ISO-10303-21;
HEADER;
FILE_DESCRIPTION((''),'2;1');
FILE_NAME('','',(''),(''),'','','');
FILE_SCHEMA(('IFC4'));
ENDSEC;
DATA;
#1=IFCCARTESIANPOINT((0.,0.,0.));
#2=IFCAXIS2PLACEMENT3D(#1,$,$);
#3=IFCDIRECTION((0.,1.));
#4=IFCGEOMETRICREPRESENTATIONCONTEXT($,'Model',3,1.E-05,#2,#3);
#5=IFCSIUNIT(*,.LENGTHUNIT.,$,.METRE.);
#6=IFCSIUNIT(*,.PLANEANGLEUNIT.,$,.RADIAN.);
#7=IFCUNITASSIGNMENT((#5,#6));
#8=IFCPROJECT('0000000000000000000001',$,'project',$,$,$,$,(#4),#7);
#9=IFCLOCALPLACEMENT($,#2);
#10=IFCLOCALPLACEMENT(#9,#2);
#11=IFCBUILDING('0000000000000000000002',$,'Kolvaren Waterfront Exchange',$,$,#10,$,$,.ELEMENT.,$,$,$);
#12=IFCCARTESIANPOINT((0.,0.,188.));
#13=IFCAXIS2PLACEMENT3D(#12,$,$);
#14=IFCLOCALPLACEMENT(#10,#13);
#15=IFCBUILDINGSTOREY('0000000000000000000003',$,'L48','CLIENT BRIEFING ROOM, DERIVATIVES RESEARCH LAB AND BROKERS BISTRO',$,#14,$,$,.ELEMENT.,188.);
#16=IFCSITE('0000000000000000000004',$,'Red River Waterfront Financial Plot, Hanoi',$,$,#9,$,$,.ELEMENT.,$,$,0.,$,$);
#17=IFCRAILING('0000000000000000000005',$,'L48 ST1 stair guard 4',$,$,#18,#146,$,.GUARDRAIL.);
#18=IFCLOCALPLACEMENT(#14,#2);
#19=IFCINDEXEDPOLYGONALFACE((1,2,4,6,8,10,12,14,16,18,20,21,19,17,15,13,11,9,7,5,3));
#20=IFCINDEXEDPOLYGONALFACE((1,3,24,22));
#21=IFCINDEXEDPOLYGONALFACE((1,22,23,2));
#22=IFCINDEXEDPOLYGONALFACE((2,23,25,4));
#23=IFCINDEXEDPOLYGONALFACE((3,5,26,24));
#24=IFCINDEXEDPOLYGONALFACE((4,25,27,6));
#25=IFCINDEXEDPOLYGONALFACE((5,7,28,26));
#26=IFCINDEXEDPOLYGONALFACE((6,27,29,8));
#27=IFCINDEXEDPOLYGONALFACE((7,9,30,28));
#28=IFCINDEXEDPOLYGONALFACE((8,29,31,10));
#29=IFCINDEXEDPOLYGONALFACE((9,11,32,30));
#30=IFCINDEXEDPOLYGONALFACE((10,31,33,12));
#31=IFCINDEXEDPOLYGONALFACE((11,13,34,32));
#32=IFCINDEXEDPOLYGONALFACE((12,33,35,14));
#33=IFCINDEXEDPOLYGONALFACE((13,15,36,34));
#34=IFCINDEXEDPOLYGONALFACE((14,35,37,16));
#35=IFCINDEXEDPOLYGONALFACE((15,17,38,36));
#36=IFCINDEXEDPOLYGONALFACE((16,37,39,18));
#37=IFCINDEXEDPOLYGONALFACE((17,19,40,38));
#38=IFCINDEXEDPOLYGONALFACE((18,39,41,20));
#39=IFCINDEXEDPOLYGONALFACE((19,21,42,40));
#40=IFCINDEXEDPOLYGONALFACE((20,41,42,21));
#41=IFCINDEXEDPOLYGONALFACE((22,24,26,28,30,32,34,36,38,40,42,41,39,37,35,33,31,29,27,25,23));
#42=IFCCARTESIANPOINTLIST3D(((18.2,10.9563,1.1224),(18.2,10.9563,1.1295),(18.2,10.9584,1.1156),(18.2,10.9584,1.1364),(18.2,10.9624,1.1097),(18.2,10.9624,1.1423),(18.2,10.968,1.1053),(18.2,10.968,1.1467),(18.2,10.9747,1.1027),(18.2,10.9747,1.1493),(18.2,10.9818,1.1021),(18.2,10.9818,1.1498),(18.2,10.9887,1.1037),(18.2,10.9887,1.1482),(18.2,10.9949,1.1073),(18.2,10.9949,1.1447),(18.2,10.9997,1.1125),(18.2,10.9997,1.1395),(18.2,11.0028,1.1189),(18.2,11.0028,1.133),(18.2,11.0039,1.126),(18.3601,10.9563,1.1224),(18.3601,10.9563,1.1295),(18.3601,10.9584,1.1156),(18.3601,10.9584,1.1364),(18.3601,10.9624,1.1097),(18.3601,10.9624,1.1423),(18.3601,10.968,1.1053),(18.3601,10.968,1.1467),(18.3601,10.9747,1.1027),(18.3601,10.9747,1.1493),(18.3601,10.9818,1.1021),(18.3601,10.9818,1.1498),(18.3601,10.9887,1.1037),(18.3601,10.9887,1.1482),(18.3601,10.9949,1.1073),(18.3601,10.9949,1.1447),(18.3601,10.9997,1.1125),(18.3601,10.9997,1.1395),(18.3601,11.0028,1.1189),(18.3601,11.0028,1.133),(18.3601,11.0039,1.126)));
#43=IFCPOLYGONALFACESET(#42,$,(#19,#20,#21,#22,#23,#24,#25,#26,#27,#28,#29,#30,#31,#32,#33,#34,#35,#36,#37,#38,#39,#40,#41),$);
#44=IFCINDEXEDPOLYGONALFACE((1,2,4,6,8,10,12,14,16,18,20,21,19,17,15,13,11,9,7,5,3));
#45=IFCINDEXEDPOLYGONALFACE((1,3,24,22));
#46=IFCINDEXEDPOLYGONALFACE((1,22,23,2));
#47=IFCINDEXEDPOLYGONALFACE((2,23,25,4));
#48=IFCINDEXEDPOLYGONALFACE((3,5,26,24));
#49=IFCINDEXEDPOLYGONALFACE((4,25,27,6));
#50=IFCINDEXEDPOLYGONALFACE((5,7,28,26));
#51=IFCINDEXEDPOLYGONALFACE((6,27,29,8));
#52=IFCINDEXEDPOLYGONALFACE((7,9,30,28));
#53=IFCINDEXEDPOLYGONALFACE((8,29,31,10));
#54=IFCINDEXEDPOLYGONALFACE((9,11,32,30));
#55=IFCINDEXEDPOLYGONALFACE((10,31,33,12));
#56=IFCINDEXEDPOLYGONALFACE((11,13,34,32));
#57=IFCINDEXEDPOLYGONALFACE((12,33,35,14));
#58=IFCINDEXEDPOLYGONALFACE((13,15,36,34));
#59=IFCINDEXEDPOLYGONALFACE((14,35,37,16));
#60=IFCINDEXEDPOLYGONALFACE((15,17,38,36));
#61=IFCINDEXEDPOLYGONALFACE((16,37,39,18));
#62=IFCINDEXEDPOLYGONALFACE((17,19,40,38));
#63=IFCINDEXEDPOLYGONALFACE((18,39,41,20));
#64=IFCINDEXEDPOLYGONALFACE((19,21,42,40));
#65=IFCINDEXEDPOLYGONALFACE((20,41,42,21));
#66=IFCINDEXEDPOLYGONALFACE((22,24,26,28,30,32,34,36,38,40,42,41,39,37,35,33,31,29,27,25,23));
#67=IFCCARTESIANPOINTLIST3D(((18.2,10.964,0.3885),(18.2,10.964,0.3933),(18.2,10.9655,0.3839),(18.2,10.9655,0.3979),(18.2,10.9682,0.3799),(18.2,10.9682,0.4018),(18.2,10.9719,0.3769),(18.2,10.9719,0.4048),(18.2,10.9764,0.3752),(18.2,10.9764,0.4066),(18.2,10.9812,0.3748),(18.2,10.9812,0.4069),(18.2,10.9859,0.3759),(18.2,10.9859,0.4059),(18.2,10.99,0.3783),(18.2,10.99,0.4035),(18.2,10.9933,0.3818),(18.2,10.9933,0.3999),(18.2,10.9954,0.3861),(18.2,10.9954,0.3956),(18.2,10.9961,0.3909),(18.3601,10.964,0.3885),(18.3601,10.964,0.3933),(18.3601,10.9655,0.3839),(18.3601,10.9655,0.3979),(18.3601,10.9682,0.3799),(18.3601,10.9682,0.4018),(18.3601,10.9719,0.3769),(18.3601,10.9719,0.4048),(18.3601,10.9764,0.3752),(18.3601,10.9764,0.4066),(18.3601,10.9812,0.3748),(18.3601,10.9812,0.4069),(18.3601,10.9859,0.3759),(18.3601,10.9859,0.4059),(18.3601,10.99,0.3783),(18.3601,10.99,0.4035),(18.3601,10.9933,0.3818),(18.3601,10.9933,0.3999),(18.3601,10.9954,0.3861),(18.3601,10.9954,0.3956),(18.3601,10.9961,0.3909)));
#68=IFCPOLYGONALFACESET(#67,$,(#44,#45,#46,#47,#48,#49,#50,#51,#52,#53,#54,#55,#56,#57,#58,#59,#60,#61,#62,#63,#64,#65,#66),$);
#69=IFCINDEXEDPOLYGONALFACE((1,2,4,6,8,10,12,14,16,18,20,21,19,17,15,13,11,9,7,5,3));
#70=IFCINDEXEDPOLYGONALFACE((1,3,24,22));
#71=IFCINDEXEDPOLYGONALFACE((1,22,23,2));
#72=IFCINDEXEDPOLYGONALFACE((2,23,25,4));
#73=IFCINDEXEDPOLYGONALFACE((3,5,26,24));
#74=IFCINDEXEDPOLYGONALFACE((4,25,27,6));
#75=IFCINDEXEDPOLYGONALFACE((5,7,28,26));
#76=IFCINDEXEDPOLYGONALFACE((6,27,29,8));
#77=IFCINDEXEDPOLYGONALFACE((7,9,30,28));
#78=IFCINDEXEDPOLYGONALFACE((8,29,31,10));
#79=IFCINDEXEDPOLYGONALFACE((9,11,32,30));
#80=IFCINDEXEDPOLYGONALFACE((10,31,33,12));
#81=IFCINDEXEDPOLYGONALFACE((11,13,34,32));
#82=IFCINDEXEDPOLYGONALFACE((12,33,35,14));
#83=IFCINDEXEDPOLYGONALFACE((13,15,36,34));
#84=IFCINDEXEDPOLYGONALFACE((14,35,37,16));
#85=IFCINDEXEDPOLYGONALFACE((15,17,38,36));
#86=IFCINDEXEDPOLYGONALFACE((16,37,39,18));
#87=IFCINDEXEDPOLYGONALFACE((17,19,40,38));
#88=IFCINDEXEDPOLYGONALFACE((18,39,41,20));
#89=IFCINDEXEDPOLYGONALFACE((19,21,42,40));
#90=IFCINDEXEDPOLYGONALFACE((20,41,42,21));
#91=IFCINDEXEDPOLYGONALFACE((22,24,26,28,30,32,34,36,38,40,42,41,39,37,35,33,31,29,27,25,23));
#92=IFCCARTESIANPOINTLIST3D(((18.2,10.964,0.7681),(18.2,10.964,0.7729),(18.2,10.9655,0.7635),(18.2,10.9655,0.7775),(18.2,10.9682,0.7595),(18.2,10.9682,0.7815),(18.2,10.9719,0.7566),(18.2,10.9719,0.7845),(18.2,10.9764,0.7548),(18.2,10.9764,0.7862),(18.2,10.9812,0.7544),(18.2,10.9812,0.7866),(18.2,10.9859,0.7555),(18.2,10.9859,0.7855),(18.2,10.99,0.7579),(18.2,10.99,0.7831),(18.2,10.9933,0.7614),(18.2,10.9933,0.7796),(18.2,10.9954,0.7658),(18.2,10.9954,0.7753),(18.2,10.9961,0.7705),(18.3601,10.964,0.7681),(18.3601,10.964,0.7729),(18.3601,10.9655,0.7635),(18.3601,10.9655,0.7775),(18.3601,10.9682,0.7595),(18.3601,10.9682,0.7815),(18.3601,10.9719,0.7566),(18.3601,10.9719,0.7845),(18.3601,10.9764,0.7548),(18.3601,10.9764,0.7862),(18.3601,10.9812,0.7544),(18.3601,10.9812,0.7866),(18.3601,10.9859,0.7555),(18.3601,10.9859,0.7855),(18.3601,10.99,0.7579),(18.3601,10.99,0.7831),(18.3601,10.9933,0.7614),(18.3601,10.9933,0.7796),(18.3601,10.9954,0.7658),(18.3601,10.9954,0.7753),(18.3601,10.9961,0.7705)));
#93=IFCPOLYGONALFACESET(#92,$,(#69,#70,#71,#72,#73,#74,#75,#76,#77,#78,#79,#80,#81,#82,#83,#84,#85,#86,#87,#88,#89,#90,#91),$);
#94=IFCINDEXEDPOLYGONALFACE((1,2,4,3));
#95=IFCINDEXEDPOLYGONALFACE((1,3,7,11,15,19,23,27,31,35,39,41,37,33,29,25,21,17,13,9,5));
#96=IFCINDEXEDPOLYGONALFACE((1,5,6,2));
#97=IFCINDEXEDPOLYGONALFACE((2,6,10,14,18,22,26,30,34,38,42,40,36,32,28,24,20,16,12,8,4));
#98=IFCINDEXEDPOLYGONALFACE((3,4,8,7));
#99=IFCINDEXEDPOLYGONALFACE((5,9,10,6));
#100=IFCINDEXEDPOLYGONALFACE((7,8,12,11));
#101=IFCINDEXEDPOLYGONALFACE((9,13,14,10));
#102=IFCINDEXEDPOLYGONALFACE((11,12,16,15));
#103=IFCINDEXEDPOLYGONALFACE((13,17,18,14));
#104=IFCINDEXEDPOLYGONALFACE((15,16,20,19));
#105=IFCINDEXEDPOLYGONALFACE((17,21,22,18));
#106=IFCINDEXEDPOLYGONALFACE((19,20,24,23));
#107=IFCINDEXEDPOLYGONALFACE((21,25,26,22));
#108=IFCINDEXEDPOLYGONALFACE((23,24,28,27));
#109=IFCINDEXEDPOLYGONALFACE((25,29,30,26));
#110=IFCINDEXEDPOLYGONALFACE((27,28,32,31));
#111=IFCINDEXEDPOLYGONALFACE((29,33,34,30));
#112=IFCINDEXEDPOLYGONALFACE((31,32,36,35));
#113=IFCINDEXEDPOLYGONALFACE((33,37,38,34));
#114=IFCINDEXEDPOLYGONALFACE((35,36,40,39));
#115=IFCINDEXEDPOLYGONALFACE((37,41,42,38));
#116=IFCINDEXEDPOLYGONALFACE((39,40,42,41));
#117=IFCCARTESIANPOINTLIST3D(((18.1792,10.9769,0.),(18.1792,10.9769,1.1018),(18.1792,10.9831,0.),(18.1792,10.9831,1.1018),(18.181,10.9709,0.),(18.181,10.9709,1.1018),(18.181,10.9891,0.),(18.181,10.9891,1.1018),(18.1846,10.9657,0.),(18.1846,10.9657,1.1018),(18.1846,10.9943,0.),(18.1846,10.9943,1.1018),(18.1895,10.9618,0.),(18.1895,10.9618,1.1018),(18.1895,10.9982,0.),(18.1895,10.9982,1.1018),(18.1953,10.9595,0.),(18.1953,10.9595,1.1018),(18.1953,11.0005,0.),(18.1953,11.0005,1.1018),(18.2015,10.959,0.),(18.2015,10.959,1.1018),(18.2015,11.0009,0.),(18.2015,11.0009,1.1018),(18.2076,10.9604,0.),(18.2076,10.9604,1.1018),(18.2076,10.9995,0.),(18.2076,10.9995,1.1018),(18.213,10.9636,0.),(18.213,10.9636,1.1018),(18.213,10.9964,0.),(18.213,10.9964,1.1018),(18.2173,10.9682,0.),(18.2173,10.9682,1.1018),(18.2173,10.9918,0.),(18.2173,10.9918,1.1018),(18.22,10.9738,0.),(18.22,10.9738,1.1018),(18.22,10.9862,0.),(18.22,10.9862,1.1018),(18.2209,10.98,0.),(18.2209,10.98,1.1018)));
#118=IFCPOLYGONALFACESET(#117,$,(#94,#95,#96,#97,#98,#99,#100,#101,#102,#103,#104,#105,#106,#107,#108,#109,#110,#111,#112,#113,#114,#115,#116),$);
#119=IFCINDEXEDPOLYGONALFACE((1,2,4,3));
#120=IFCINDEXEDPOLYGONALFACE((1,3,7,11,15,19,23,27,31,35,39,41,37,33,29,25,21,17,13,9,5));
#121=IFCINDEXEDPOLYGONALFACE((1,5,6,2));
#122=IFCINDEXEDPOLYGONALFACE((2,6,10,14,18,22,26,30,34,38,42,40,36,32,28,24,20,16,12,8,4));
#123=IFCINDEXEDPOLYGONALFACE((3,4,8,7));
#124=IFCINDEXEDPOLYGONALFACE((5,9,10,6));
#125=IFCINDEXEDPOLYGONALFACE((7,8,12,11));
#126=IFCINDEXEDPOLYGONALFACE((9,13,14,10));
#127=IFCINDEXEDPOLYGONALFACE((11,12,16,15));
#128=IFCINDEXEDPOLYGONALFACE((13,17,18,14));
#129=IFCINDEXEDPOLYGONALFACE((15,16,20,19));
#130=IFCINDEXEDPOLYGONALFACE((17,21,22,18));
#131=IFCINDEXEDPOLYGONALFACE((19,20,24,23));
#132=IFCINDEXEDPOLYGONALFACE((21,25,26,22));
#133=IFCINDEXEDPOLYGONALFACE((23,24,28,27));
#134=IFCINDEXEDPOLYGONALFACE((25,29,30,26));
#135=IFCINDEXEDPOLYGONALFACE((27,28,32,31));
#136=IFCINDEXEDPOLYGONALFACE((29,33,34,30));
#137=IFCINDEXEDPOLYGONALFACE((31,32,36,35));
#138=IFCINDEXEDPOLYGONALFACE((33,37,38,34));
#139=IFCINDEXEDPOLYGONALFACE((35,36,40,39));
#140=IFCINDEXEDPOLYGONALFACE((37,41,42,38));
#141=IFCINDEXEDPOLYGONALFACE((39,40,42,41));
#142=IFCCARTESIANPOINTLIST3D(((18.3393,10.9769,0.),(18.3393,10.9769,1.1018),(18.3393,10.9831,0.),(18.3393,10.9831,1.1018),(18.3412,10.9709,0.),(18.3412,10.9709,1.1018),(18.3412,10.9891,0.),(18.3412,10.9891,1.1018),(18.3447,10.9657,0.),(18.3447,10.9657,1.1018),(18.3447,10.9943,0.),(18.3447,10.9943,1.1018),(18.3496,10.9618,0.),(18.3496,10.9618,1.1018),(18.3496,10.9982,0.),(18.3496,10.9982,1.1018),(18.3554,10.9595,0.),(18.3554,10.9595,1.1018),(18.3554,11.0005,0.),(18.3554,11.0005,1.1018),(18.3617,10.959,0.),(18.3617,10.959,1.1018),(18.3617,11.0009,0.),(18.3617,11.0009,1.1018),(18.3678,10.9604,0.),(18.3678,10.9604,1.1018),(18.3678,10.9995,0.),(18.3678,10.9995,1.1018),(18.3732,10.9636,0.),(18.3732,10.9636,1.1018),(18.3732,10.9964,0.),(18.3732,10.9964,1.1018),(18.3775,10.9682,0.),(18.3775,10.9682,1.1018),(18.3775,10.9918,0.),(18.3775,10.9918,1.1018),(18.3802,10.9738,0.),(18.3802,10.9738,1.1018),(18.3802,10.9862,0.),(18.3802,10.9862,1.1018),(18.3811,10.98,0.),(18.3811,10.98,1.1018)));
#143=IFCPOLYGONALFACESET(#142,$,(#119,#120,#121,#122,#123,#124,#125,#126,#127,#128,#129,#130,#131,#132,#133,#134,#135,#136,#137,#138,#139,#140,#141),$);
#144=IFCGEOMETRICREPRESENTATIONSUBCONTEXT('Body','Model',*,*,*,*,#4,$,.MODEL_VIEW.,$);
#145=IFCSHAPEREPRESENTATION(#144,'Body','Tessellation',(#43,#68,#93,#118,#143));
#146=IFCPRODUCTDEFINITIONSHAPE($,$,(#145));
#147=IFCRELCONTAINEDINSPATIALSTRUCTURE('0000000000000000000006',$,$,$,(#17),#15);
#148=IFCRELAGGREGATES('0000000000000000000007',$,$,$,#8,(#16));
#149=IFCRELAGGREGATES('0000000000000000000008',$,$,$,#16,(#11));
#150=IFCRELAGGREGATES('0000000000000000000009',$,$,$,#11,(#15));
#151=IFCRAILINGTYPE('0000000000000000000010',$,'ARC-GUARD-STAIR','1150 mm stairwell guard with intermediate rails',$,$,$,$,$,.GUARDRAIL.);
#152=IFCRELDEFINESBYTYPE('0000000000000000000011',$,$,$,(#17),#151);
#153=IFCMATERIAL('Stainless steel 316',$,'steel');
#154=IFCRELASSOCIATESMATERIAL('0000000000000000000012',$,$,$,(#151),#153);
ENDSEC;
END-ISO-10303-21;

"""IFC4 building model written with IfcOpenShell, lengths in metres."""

from ifc_helpers import new_model, si_unit, direction, frame, origin, origin_2d, place, context, subcontext, project, spatial, circle, extrude, material, type_object, element, save


model = new_model("IFC4")

# Units and contexts
model_context = context("Model", 3, precision=1e-05, world=origin(), true_north=direction((0.0, 1.0)))
body_context = subcontext(model_context, "Body", "Model", "MODEL_VIEW")
ifc_project = project(units=[si_unit("LENGTHUNIT", "METRE"), si_unit("PLANEANGLEUNIT", "RADIAN")], contexts=[model_context])

# Site, building, storey
site_placement = place(None, origin())
site = spatial("IfcSite", under=ifc_project, at=site_placement, Name="Red River Waterfront Financial Plot, Hanoi", CompositionType="ELEMENT", RefElevation=0.0)
building_placement = place(site_placement, origin())
building = spatial("IfcBuilding", under=site, at=building_placement, Name="Kolvaren Waterfront Exchange", CompositionType="ELEMENT")
storey_placement = place(building_placement, frame((0.0, 0.0, 188.0)))
storey = spatial("IfcBuildingStorey", under=building, at=storey_placement, Name="L48", Description="CLIENT BRIEFING ROOM, DERIVATIVES RESEARCH LAB AND BROKERS BISTRO", CompositionType="ELEMENT", Elevation=188.0)

# Railing
ifc_material_1 = material(Name="Stainless steel 316", Category="steel")
railing_type_1 = type_object("IfcRailingType", Name="ARC-GUARD-STAIR", Description="1150 mm stairwell guard with intermediate rails", PredefinedType="GUARDRAIL", material=ifc_material_1)
railing_1_placement = place(storey_placement, frame((18.2, 10.98, 0.0)))
element("IfcRailing", 1, at=railing_1_placement, inside=storey, type_object=railing_type_1, Name="L48 ST1 stair guard 4", PredefinedType="GUARDRAIL", context=body_context, shape_type="SweptSolid", body=[
    extrude(circle(Radius=0.0239, at=origin_2d()), frame((0.0, 0.0, 1.126), z_axis=(1.0, 0.0, 0.0), x_axis=(0.0, 1.0, 0.0)), (0.0, 0.0, 1.0), 0.1602),
    extrude(circle(Radius=0.0161, at=origin_2d()), frame((0.0, 0.0, 0.3909), z_axis=(1.0, 0.0, 0.0), x_axis=(0.0, 1.0, 0.0)), (0.0, 0.0, 1.0), 0.1602),
    extrude(circle(Radius=0.0161, at=origin_2d()), frame((0.0, 0.0, 0.7705), z_axis=(1.0, 0.0, 0.0), x_axis=(0.0, 1.0, 0.0)), (0.0, 0.0, 1.0), 0.1602),
    extrude(circle(Radius=0.021, at=origin_2d()), origin(), (0.0, 0.0, 1.0), 1.1018),
    extrude(circle(Radius=0.021, at=origin_2d()), frame((0.1602, 0.0, 0.0)), (0.0, 0.0, 1.0), 1.1018),
])

save(model, "model.ifc")
